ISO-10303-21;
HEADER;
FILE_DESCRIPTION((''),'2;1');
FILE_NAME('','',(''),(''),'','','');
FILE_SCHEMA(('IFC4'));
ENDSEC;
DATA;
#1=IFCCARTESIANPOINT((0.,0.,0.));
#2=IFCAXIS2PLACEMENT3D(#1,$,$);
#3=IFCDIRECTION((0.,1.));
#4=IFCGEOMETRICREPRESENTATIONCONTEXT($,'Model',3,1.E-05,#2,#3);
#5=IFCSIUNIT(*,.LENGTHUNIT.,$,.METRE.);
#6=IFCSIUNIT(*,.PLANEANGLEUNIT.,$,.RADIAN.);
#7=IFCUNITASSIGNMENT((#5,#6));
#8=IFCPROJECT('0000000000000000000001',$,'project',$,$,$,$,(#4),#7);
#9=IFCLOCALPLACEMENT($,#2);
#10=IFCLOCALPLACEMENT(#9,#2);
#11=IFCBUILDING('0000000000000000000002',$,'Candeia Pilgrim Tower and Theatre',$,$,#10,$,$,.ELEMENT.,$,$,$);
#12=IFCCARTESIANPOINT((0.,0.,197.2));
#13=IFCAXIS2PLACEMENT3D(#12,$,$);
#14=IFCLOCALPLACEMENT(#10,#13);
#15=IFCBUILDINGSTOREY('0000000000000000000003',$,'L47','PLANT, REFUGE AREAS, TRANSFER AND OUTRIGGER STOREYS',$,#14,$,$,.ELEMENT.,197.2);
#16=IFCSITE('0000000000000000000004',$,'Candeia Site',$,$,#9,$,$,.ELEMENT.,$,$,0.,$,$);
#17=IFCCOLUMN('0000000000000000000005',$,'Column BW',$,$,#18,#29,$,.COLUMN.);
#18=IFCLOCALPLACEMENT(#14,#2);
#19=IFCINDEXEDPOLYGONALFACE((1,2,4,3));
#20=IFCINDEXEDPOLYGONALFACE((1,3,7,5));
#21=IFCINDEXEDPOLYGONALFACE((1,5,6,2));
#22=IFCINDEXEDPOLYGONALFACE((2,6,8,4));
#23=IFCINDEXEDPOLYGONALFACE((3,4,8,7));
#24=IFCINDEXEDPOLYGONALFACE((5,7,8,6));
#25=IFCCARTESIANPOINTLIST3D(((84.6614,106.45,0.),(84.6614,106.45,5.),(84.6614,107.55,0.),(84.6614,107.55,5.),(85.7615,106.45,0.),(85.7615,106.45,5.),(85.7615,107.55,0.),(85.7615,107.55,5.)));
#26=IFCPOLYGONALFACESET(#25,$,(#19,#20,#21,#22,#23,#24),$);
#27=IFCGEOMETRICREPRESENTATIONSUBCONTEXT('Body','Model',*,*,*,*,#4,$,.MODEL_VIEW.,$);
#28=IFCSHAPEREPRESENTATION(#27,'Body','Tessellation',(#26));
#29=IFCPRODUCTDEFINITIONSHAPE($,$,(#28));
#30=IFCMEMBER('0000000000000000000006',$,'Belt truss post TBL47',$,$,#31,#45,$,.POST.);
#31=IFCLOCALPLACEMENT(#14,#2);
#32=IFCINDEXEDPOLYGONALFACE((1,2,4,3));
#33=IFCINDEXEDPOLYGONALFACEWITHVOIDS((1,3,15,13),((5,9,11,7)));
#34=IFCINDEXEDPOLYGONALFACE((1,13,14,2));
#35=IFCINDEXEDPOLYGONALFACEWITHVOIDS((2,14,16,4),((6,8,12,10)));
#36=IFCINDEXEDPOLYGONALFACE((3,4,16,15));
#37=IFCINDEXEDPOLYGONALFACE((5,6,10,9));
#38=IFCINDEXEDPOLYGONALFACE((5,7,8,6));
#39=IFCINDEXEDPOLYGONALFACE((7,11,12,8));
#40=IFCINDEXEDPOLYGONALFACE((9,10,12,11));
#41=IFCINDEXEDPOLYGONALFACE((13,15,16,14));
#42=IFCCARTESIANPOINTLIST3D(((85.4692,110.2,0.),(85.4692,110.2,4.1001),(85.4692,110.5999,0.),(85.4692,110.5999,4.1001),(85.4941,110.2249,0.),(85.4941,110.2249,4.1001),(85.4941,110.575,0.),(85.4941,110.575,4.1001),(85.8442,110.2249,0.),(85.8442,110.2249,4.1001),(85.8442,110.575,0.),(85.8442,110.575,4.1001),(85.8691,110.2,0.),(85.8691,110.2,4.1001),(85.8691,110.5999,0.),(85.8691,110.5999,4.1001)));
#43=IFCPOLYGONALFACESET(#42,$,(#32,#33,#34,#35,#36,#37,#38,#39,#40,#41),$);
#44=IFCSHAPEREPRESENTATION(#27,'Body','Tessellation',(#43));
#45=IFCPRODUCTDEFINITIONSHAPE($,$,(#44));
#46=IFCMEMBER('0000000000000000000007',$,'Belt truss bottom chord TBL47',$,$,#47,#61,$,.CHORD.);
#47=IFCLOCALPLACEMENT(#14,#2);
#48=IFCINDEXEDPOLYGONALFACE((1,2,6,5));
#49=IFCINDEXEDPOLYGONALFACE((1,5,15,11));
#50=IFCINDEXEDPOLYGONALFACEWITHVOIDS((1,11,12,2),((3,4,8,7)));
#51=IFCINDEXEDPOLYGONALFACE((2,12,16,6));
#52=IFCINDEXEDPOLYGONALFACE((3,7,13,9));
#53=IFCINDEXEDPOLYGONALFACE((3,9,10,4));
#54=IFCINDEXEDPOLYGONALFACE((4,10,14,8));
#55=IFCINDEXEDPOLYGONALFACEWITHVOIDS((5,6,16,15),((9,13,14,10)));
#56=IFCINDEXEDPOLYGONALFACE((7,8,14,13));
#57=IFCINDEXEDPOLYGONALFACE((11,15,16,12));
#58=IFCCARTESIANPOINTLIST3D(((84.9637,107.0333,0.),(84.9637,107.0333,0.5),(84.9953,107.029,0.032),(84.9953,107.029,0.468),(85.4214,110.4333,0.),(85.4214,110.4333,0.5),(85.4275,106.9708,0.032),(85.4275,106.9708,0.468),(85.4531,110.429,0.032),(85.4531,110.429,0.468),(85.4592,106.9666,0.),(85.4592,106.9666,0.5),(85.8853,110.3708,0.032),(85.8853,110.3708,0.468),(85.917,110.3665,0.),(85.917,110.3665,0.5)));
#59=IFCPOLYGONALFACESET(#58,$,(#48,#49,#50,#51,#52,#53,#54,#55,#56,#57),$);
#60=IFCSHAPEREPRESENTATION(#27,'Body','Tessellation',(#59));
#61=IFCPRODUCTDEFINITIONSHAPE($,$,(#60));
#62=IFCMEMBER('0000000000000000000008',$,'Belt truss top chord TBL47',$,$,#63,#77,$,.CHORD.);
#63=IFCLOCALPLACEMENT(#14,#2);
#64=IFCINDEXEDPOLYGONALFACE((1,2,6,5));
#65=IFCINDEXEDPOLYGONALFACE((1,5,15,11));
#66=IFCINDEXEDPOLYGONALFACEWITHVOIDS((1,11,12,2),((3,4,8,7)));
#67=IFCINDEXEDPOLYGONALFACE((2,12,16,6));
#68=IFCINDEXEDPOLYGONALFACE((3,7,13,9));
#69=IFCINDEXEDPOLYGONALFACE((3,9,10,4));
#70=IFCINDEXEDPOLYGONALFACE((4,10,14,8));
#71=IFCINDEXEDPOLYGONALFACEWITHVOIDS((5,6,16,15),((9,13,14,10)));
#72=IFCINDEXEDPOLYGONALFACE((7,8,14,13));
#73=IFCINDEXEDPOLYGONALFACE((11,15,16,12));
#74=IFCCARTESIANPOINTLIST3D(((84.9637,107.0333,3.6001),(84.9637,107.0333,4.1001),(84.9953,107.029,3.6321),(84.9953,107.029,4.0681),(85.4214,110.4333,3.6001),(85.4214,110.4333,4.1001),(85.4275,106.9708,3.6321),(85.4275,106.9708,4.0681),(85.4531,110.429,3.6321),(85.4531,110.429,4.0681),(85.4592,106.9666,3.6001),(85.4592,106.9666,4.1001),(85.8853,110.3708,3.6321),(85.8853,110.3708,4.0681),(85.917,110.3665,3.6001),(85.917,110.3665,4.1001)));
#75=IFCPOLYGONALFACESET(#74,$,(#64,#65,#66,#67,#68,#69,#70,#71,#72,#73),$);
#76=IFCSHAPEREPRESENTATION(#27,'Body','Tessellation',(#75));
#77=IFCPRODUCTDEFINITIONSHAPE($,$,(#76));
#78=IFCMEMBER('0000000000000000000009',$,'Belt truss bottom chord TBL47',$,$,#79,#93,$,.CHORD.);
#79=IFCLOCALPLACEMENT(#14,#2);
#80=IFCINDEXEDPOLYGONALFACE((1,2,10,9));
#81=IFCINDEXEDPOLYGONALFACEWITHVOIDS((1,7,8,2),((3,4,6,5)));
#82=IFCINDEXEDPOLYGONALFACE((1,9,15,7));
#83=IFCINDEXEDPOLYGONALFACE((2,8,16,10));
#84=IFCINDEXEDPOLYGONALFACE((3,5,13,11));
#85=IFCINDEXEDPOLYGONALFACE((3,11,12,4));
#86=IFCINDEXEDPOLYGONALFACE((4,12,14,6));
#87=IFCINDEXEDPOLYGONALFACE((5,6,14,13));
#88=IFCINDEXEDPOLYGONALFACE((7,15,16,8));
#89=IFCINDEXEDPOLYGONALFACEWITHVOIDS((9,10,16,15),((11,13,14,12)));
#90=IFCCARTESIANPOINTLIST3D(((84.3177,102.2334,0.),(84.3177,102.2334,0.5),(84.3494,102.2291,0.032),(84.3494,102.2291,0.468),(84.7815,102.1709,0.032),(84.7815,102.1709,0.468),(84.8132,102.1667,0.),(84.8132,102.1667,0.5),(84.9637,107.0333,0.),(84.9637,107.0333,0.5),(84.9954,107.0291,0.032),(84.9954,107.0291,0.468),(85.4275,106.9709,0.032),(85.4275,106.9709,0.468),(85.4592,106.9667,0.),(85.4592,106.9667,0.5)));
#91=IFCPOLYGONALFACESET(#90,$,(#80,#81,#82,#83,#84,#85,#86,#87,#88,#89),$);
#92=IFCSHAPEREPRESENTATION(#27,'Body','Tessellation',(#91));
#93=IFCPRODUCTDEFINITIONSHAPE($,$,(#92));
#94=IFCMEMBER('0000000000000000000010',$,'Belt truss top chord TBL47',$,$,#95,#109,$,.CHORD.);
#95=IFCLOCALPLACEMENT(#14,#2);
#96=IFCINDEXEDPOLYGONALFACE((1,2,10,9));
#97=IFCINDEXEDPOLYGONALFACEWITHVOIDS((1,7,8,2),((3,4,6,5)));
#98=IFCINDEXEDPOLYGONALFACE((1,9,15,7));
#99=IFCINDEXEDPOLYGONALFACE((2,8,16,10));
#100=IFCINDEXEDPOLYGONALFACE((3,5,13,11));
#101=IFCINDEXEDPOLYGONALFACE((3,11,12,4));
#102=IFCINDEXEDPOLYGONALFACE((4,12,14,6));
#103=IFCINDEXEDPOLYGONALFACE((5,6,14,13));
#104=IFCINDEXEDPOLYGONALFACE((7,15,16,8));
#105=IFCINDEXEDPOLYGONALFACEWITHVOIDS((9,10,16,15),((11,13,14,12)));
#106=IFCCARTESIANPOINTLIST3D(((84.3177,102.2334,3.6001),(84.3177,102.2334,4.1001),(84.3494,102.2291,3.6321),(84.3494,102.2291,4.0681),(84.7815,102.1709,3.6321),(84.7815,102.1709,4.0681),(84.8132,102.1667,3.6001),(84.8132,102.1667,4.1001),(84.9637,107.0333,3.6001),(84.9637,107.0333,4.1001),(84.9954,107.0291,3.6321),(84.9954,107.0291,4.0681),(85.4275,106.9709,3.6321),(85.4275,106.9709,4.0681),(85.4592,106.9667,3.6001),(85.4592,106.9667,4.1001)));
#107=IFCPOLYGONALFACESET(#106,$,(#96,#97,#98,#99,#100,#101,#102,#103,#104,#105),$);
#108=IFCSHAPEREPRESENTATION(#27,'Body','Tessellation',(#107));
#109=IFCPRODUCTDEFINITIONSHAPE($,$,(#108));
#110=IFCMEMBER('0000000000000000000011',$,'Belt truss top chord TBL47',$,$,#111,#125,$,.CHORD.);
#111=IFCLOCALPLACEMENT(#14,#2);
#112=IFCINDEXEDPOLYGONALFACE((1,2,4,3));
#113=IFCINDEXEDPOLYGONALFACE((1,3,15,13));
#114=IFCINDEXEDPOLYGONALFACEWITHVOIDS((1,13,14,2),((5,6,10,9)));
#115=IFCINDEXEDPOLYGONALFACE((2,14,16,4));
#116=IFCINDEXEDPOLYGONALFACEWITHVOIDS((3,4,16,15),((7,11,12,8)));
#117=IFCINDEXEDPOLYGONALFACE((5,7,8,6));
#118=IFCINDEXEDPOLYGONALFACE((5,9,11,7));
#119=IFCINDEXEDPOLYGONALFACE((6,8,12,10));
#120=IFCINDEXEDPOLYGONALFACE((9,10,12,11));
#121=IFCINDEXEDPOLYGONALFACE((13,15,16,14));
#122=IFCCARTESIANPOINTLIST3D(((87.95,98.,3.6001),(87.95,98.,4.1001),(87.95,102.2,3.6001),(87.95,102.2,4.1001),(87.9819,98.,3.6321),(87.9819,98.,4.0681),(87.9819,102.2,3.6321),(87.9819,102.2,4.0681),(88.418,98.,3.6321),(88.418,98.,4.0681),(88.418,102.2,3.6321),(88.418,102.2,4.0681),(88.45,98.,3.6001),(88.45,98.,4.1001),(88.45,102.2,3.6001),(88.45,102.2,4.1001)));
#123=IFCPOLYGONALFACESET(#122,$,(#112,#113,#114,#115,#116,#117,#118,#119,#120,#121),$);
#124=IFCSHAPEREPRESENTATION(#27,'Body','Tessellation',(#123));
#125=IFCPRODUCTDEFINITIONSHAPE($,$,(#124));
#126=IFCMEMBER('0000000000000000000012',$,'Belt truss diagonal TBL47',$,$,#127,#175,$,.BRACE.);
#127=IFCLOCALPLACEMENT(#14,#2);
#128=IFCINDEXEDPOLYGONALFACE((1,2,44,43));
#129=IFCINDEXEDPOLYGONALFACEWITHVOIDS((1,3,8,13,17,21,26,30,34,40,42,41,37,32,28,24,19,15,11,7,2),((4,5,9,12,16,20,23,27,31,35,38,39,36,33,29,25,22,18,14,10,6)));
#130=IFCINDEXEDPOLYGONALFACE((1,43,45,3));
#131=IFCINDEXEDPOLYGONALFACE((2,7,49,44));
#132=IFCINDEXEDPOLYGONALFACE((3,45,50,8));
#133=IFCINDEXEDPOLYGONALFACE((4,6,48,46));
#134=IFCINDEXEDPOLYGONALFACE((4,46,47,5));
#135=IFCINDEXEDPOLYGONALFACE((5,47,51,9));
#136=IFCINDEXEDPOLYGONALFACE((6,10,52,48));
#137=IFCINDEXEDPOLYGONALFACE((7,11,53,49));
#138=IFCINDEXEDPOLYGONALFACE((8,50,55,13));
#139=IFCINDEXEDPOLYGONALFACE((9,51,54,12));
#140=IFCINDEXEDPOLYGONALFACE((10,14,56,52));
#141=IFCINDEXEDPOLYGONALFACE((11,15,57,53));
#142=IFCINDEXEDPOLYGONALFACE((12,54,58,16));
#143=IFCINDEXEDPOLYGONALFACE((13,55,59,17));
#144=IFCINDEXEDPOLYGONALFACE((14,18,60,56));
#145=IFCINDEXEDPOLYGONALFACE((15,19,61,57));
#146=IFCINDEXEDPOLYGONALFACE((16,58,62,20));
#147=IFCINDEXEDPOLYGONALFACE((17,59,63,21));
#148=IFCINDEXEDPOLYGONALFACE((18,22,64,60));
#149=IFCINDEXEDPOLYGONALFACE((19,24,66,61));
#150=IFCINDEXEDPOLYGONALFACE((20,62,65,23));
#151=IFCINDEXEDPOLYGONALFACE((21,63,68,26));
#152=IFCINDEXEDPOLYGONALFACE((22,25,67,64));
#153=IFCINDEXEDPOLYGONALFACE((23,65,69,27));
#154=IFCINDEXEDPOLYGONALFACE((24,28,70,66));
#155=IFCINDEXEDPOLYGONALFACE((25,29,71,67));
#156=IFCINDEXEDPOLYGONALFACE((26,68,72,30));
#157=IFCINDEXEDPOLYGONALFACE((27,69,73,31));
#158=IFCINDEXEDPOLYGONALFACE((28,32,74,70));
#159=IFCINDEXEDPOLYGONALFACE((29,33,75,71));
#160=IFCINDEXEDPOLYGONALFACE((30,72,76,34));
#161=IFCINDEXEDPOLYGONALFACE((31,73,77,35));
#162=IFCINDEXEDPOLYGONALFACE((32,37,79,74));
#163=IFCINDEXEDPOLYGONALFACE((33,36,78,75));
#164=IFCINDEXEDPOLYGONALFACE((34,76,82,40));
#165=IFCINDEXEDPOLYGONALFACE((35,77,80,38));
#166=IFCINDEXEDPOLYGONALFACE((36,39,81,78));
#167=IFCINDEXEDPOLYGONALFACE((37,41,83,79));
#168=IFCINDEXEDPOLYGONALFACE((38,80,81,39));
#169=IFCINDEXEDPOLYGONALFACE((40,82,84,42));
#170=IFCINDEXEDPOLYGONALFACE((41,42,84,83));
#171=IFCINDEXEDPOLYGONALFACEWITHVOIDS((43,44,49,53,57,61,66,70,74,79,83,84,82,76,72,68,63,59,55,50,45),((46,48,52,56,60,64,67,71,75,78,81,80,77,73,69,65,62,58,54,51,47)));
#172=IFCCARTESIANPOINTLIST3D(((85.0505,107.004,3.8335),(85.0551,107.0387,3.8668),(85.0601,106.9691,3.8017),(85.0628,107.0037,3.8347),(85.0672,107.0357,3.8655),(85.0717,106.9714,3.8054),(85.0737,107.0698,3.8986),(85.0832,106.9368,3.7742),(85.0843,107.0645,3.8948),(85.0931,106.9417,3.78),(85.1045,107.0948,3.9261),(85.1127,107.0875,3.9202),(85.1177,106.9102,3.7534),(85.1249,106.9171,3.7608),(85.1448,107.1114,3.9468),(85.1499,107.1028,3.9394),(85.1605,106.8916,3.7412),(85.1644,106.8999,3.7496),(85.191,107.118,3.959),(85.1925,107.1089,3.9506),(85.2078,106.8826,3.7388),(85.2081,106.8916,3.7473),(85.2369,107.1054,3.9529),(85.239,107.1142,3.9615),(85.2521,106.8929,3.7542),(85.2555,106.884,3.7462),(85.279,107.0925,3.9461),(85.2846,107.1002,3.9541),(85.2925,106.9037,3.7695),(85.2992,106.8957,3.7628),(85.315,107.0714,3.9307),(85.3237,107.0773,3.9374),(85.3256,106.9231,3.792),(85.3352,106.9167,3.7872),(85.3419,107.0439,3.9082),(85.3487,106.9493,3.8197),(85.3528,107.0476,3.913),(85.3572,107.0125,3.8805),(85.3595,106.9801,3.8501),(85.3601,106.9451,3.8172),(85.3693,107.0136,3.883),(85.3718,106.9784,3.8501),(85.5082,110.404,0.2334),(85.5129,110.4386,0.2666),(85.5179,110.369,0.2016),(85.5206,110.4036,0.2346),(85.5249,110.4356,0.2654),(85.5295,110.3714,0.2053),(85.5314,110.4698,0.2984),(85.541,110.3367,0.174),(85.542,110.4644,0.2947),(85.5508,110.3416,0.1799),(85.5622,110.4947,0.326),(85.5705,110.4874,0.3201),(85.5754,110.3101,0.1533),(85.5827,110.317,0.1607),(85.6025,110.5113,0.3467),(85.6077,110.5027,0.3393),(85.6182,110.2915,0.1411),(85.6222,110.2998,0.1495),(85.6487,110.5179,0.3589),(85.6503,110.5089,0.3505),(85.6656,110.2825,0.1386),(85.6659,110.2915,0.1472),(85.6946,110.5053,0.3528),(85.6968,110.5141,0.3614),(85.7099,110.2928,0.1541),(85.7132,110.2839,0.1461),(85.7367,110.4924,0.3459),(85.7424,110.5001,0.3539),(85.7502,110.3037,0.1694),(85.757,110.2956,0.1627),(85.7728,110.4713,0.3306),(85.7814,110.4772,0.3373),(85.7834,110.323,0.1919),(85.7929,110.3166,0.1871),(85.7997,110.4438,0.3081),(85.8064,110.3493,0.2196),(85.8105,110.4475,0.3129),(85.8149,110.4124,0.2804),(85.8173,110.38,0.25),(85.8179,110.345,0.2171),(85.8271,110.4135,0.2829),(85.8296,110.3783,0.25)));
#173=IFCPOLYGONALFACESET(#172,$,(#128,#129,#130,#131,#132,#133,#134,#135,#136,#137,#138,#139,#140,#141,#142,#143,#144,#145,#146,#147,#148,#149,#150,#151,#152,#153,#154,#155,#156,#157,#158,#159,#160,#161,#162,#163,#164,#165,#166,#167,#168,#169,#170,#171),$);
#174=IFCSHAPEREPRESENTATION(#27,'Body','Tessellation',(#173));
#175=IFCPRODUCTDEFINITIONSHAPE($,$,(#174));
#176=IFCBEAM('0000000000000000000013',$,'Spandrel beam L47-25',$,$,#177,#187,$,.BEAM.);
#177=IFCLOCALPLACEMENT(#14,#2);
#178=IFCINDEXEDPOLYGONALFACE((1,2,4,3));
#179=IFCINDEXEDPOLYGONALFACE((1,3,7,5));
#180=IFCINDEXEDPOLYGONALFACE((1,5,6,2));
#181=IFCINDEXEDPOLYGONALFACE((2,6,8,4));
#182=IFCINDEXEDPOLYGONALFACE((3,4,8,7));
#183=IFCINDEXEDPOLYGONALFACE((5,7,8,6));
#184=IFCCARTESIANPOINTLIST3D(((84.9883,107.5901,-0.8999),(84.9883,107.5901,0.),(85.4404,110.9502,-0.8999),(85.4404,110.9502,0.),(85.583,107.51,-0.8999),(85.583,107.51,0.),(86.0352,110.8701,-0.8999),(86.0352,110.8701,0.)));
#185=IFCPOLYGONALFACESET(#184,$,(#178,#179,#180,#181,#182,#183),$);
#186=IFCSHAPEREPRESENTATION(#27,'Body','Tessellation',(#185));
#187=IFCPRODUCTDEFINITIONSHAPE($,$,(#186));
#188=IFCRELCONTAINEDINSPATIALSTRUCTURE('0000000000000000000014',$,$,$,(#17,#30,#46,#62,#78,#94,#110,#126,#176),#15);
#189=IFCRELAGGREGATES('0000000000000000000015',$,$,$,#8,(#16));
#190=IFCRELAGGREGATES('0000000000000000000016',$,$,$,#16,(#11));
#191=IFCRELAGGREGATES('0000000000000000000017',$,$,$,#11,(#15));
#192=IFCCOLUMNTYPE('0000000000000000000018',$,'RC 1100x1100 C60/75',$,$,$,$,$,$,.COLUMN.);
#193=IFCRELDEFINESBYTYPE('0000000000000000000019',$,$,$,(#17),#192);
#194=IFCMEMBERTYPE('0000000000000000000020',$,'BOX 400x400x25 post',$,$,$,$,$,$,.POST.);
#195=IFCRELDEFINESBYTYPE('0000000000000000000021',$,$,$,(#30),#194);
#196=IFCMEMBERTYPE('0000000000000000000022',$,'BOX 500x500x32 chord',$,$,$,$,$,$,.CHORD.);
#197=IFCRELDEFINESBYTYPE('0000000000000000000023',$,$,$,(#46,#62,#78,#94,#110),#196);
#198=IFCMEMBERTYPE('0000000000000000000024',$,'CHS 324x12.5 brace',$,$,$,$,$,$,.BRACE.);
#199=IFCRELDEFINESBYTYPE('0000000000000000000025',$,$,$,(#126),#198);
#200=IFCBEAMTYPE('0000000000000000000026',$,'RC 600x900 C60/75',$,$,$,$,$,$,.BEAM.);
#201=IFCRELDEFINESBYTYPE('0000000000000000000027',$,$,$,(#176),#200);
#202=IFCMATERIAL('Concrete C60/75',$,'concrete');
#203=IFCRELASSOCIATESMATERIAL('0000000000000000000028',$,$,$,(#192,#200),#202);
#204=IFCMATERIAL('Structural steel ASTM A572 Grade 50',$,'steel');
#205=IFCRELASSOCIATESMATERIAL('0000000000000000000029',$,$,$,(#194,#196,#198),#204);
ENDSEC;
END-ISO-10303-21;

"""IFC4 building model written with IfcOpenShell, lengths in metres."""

from ifc_helpers import new_model, si_unit, direction, frame, origin, origin_2d, place, context, subcontext, project, spatial, rectangle, hollow_rectangle, hollow_circle, extrude, material, material_profile, profile_set, type_object, element, save


model = new_model("IFC4")

# Units and contexts
model_context = context("Model", 3, precision=1e-05, world=origin(), true_north=direction((0.0, 1.0)))
body_context = subcontext(model_context, "Body", "Model", "MODEL_VIEW")
ifc_project = project(units=[si_unit("LENGTHUNIT", "METRE"), si_unit("PLANEANGLEUNIT", "RADIAN")], contexts=[model_context])

# Site, building, storey
site_placement = place(None, origin())
site = spatial("IfcSite", under=ifc_project, at=site_placement, Name="Candeia Site", CompositionType="ELEMENT", RefElevation=0.0)
building_placement = place(site_placement, origin())
building = spatial("IfcBuilding", under=site, at=building_placement, Name="Candeia Pilgrim Tower and Theatre", CompositionType="ELEMENT")
storey_placement = place(building_placement, frame((0.0, 0.0, 197.2)))
storey = spatial("IfcBuildingStorey", under=building, at=storey_placement, Name="L47", Description="PLANT, REFUGE AREAS, TRANSFER AND OUTRIGGER STOREYS", CompositionType="ELEMENT", Elevation=197.2)

# Column
ifc_material_1 = material(Name="Concrete C60/75", Category="concrete")
ifc_material_profile_1 = material_profile(ifc_material_1, rectangle(XDim=1.1001, YDim=1.1001, at=origin_2d()))
ifc_profile_set_1 = profile_set([ifc_material_profile_1], Name="Concrete C60/75")
column_type = type_object("IfcColumnType", Name="RC 1100x1100 C60/75", PredefinedType="COLUMN", material=ifc_profile_set_1)
column_placement = place(storey_placement, frame((85.2114, 107.0, 0.0), z_axis=(0.0, 0.0, 1.0), x_axis=(1.0, 0.0, 0.0)))
element("IfcColumn", 1, at=column_placement, inside=storey, type_object=column_type, Name="Column BW", PredefinedType="COLUMN", context=body_context, shape_type="SweptSolid", body=[
    extrude(rectangle(XDim=1.1001, YDim=1.1001, at=origin_2d()), origin(), (0.0, 0.0, 1.0), 5.0),
])

# Members
ifc_material_2 = material(Name="Structural steel ASTM A572 Grade 50", Category="steel")
ifc_material_profile_2 = material_profile(ifc_material_2, hollow_rectangle(XDim=0.3999, YDim=0.3999, WallThickness=0.0249, at=origin_2d()))
ifc_profile_set_2 = profile_set([ifc_material_profile_2], Name="Structural steel ASTM A572 Grade 50")
member_type_1 = type_object("IfcMemberType", Name="BOX 400x400x25 post", PredefinedType="POST", material=ifc_profile_set_2)
member_1_placement = place(storey_placement, frame((85.6692, 110.3999, 0.0), z_axis=(0.0, 0.0, 1.0), x_axis=(1.0, 0.0, 0.0)))
element("IfcMember", 2, at=member_1_placement, inside=storey, type_object=member_type_1, Name="Belt truss post TBL47", PredefinedType="POST", context=body_context, shape_type="SweptSolid", body=[
    extrude(hollow_rectangle(XDim=0.3999, YDim=0.3999, WallThickness=0.0249, at=origin_2d()), origin(), (0.0, 0.0, 1.0), 4.1001),
])
ifc_material_profile_3 = material_profile(ifc_material_2, hollow_rectangle(XDim=0.5, YDim=0.5, WallThickness=0.032, at=origin_2d()))
ifc_profile_set_3 = profile_set([ifc_material_profile_3], Name="Structural steel ASTM A572 Grade 50")
member_type_2 = type_object("IfcMemberType", Name="BOX 500x500x32 chord", PredefinedType="CHORD", material=ifc_profile_set_3)
for number, where, z_axis, x_axis, name in (
    (3, (85.6692, 110.3999, 0.25), (-0.133436, -0.991057, 0.0), (0.991057, -0.133436, 0.0), "Belt truss bottom chord TBL47"),
    (4, (85.6692, 110.3999, 3.8501), (-0.133436, -0.991057, 0.0), (0.991057, -0.133436, 0.0), "Belt truss top chord TBL47"),
):
    element("IfcMember", number, at=place(storey_placement, frame(where, z_axis=z_axis, x_axis=x_axis)), inside=storey, type_object=member_type_2, Name=name, PredefinedType="CHORD", context=body_context, shape_type="SweptSolid", body=[
        extrude(hollow_rectangle(XDim=0.5, YDim=0.5, WallThickness=0.032, at=origin_2d()), origin(), (0.0, 0.0, 1.0), 3.4307),
    ])
for number, where, z_axis, x_axis, name in (
    (5, (85.2114, 107.0, 0.25), (-0.133379, -0.991065, 0.0), (0.991065, -0.133379, 0.0), "Belt truss bottom chord TBL47"),
    (6, (85.2114, 107.0, 3.8501), (-0.133379, -0.991065, 0.0), (0.991065, -0.133379, 0.0), "Belt truss top chord TBL47"),
):
    element("IfcMember", number, at=place(storey_placement, frame(where, z_axis=z_axis, x_axis=x_axis)), inside=storey, type_object=member_type_2, Name=name, PredefinedType="CHORD", context=body_context, shape_type="SweptSolid", body=[
        extrude(hollow_rectangle(XDim=0.5, YDim=0.5, WallThickness=0.032, at=origin_2d()), origin(), (0.0, 0.0, 1.0), 4.8433),
    ])
member_2_placement = place(storey_placement, frame((88.2, 102.2, 3.8501), z_axis=(0.0, -1.0, 0.0), x_axis=(1.0, 0.0, 0.0)))
element("IfcMember", 7, at=member_2_placement, inside=storey, type_object=member_type_2, Name="Belt truss top chord TBL47", PredefinedType="CHORD", context=body_context, shape_type="SweptSolid", body=[
    extrude(hollow_rectangle(XDim=0.5, YDim=0.5, WallThickness=0.032, at=origin_2d()), origin(), (0.0, 0.0, 1.0), 4.2),
])
ifc_material_profile_4 = material_profile(ifc_material_2, hollow_circle(Radius=0.1619, WallThickness=0.0125, at=origin_2d()))
ifc_profile_set_4 = profile_set([ifc_material_profile_4], Name="Structural steel ASTM A572 Grade 50")
member_type_3 = type_object("IfcMemberType", Name="CHS 324x12.5 brace", PredefinedType="BRACE", material=ifc_profile_set_4)
member_3_placement = place(storey_placement, frame((85.6692, 110.3999, 0.25), z_axis=(-0.092052, -0.683688, 0.723945), x_axis=(0.991057, -0.133436, 0.0)))
element("IfcMember", 8, at=member_3_placement, inside=storey, type_object=member_type_3, Name="Belt truss diagonal TBL47", PredefinedType="BRACE", context=body_context, shape_type="SweptSolid", body=[
    extrude(hollow_circle(Radius=0.1619, WallThickness=0.0125, at=origin_2d()), origin(), (0.0, 0.0, 1.0), 4.9729),
])

# Beam
ifc_material_profile_5 = material_profile(ifc_material_1, rectangle(XDim=0.6001, YDim=0.8999, at=origin_2d()))
ifc_profile_set_5 = profile_set([ifc_material_profile_5], Name="Concrete C60/75")
beam_type = type_object("IfcBeamType", Name="RC 600x900 C60/75", PredefinedType="BEAM", material=ifc_profile_set_5)
beam_1_placement = place(storey_placement, frame((85.7378, 110.9102, -0.45), z_axis=(-0.133362, -0.991067, 0.0), x_axis=(0.991067, -0.133362, 0.0)))
element("IfcBeam", 9, at=beam_1_placement, inside=storey, type_object=beam_type, Name="Spandrel beam L47-25", PredefinedType="BEAM", context=body_context, shape_type="SweptSolid", body=[
    extrude(rectangle(XDim=0.6001, YDim=0.8999, at=origin_2d()), origin(), (0.0, 0.0, 1.0), 3.3904),
])

save(model, "model.ifc")
